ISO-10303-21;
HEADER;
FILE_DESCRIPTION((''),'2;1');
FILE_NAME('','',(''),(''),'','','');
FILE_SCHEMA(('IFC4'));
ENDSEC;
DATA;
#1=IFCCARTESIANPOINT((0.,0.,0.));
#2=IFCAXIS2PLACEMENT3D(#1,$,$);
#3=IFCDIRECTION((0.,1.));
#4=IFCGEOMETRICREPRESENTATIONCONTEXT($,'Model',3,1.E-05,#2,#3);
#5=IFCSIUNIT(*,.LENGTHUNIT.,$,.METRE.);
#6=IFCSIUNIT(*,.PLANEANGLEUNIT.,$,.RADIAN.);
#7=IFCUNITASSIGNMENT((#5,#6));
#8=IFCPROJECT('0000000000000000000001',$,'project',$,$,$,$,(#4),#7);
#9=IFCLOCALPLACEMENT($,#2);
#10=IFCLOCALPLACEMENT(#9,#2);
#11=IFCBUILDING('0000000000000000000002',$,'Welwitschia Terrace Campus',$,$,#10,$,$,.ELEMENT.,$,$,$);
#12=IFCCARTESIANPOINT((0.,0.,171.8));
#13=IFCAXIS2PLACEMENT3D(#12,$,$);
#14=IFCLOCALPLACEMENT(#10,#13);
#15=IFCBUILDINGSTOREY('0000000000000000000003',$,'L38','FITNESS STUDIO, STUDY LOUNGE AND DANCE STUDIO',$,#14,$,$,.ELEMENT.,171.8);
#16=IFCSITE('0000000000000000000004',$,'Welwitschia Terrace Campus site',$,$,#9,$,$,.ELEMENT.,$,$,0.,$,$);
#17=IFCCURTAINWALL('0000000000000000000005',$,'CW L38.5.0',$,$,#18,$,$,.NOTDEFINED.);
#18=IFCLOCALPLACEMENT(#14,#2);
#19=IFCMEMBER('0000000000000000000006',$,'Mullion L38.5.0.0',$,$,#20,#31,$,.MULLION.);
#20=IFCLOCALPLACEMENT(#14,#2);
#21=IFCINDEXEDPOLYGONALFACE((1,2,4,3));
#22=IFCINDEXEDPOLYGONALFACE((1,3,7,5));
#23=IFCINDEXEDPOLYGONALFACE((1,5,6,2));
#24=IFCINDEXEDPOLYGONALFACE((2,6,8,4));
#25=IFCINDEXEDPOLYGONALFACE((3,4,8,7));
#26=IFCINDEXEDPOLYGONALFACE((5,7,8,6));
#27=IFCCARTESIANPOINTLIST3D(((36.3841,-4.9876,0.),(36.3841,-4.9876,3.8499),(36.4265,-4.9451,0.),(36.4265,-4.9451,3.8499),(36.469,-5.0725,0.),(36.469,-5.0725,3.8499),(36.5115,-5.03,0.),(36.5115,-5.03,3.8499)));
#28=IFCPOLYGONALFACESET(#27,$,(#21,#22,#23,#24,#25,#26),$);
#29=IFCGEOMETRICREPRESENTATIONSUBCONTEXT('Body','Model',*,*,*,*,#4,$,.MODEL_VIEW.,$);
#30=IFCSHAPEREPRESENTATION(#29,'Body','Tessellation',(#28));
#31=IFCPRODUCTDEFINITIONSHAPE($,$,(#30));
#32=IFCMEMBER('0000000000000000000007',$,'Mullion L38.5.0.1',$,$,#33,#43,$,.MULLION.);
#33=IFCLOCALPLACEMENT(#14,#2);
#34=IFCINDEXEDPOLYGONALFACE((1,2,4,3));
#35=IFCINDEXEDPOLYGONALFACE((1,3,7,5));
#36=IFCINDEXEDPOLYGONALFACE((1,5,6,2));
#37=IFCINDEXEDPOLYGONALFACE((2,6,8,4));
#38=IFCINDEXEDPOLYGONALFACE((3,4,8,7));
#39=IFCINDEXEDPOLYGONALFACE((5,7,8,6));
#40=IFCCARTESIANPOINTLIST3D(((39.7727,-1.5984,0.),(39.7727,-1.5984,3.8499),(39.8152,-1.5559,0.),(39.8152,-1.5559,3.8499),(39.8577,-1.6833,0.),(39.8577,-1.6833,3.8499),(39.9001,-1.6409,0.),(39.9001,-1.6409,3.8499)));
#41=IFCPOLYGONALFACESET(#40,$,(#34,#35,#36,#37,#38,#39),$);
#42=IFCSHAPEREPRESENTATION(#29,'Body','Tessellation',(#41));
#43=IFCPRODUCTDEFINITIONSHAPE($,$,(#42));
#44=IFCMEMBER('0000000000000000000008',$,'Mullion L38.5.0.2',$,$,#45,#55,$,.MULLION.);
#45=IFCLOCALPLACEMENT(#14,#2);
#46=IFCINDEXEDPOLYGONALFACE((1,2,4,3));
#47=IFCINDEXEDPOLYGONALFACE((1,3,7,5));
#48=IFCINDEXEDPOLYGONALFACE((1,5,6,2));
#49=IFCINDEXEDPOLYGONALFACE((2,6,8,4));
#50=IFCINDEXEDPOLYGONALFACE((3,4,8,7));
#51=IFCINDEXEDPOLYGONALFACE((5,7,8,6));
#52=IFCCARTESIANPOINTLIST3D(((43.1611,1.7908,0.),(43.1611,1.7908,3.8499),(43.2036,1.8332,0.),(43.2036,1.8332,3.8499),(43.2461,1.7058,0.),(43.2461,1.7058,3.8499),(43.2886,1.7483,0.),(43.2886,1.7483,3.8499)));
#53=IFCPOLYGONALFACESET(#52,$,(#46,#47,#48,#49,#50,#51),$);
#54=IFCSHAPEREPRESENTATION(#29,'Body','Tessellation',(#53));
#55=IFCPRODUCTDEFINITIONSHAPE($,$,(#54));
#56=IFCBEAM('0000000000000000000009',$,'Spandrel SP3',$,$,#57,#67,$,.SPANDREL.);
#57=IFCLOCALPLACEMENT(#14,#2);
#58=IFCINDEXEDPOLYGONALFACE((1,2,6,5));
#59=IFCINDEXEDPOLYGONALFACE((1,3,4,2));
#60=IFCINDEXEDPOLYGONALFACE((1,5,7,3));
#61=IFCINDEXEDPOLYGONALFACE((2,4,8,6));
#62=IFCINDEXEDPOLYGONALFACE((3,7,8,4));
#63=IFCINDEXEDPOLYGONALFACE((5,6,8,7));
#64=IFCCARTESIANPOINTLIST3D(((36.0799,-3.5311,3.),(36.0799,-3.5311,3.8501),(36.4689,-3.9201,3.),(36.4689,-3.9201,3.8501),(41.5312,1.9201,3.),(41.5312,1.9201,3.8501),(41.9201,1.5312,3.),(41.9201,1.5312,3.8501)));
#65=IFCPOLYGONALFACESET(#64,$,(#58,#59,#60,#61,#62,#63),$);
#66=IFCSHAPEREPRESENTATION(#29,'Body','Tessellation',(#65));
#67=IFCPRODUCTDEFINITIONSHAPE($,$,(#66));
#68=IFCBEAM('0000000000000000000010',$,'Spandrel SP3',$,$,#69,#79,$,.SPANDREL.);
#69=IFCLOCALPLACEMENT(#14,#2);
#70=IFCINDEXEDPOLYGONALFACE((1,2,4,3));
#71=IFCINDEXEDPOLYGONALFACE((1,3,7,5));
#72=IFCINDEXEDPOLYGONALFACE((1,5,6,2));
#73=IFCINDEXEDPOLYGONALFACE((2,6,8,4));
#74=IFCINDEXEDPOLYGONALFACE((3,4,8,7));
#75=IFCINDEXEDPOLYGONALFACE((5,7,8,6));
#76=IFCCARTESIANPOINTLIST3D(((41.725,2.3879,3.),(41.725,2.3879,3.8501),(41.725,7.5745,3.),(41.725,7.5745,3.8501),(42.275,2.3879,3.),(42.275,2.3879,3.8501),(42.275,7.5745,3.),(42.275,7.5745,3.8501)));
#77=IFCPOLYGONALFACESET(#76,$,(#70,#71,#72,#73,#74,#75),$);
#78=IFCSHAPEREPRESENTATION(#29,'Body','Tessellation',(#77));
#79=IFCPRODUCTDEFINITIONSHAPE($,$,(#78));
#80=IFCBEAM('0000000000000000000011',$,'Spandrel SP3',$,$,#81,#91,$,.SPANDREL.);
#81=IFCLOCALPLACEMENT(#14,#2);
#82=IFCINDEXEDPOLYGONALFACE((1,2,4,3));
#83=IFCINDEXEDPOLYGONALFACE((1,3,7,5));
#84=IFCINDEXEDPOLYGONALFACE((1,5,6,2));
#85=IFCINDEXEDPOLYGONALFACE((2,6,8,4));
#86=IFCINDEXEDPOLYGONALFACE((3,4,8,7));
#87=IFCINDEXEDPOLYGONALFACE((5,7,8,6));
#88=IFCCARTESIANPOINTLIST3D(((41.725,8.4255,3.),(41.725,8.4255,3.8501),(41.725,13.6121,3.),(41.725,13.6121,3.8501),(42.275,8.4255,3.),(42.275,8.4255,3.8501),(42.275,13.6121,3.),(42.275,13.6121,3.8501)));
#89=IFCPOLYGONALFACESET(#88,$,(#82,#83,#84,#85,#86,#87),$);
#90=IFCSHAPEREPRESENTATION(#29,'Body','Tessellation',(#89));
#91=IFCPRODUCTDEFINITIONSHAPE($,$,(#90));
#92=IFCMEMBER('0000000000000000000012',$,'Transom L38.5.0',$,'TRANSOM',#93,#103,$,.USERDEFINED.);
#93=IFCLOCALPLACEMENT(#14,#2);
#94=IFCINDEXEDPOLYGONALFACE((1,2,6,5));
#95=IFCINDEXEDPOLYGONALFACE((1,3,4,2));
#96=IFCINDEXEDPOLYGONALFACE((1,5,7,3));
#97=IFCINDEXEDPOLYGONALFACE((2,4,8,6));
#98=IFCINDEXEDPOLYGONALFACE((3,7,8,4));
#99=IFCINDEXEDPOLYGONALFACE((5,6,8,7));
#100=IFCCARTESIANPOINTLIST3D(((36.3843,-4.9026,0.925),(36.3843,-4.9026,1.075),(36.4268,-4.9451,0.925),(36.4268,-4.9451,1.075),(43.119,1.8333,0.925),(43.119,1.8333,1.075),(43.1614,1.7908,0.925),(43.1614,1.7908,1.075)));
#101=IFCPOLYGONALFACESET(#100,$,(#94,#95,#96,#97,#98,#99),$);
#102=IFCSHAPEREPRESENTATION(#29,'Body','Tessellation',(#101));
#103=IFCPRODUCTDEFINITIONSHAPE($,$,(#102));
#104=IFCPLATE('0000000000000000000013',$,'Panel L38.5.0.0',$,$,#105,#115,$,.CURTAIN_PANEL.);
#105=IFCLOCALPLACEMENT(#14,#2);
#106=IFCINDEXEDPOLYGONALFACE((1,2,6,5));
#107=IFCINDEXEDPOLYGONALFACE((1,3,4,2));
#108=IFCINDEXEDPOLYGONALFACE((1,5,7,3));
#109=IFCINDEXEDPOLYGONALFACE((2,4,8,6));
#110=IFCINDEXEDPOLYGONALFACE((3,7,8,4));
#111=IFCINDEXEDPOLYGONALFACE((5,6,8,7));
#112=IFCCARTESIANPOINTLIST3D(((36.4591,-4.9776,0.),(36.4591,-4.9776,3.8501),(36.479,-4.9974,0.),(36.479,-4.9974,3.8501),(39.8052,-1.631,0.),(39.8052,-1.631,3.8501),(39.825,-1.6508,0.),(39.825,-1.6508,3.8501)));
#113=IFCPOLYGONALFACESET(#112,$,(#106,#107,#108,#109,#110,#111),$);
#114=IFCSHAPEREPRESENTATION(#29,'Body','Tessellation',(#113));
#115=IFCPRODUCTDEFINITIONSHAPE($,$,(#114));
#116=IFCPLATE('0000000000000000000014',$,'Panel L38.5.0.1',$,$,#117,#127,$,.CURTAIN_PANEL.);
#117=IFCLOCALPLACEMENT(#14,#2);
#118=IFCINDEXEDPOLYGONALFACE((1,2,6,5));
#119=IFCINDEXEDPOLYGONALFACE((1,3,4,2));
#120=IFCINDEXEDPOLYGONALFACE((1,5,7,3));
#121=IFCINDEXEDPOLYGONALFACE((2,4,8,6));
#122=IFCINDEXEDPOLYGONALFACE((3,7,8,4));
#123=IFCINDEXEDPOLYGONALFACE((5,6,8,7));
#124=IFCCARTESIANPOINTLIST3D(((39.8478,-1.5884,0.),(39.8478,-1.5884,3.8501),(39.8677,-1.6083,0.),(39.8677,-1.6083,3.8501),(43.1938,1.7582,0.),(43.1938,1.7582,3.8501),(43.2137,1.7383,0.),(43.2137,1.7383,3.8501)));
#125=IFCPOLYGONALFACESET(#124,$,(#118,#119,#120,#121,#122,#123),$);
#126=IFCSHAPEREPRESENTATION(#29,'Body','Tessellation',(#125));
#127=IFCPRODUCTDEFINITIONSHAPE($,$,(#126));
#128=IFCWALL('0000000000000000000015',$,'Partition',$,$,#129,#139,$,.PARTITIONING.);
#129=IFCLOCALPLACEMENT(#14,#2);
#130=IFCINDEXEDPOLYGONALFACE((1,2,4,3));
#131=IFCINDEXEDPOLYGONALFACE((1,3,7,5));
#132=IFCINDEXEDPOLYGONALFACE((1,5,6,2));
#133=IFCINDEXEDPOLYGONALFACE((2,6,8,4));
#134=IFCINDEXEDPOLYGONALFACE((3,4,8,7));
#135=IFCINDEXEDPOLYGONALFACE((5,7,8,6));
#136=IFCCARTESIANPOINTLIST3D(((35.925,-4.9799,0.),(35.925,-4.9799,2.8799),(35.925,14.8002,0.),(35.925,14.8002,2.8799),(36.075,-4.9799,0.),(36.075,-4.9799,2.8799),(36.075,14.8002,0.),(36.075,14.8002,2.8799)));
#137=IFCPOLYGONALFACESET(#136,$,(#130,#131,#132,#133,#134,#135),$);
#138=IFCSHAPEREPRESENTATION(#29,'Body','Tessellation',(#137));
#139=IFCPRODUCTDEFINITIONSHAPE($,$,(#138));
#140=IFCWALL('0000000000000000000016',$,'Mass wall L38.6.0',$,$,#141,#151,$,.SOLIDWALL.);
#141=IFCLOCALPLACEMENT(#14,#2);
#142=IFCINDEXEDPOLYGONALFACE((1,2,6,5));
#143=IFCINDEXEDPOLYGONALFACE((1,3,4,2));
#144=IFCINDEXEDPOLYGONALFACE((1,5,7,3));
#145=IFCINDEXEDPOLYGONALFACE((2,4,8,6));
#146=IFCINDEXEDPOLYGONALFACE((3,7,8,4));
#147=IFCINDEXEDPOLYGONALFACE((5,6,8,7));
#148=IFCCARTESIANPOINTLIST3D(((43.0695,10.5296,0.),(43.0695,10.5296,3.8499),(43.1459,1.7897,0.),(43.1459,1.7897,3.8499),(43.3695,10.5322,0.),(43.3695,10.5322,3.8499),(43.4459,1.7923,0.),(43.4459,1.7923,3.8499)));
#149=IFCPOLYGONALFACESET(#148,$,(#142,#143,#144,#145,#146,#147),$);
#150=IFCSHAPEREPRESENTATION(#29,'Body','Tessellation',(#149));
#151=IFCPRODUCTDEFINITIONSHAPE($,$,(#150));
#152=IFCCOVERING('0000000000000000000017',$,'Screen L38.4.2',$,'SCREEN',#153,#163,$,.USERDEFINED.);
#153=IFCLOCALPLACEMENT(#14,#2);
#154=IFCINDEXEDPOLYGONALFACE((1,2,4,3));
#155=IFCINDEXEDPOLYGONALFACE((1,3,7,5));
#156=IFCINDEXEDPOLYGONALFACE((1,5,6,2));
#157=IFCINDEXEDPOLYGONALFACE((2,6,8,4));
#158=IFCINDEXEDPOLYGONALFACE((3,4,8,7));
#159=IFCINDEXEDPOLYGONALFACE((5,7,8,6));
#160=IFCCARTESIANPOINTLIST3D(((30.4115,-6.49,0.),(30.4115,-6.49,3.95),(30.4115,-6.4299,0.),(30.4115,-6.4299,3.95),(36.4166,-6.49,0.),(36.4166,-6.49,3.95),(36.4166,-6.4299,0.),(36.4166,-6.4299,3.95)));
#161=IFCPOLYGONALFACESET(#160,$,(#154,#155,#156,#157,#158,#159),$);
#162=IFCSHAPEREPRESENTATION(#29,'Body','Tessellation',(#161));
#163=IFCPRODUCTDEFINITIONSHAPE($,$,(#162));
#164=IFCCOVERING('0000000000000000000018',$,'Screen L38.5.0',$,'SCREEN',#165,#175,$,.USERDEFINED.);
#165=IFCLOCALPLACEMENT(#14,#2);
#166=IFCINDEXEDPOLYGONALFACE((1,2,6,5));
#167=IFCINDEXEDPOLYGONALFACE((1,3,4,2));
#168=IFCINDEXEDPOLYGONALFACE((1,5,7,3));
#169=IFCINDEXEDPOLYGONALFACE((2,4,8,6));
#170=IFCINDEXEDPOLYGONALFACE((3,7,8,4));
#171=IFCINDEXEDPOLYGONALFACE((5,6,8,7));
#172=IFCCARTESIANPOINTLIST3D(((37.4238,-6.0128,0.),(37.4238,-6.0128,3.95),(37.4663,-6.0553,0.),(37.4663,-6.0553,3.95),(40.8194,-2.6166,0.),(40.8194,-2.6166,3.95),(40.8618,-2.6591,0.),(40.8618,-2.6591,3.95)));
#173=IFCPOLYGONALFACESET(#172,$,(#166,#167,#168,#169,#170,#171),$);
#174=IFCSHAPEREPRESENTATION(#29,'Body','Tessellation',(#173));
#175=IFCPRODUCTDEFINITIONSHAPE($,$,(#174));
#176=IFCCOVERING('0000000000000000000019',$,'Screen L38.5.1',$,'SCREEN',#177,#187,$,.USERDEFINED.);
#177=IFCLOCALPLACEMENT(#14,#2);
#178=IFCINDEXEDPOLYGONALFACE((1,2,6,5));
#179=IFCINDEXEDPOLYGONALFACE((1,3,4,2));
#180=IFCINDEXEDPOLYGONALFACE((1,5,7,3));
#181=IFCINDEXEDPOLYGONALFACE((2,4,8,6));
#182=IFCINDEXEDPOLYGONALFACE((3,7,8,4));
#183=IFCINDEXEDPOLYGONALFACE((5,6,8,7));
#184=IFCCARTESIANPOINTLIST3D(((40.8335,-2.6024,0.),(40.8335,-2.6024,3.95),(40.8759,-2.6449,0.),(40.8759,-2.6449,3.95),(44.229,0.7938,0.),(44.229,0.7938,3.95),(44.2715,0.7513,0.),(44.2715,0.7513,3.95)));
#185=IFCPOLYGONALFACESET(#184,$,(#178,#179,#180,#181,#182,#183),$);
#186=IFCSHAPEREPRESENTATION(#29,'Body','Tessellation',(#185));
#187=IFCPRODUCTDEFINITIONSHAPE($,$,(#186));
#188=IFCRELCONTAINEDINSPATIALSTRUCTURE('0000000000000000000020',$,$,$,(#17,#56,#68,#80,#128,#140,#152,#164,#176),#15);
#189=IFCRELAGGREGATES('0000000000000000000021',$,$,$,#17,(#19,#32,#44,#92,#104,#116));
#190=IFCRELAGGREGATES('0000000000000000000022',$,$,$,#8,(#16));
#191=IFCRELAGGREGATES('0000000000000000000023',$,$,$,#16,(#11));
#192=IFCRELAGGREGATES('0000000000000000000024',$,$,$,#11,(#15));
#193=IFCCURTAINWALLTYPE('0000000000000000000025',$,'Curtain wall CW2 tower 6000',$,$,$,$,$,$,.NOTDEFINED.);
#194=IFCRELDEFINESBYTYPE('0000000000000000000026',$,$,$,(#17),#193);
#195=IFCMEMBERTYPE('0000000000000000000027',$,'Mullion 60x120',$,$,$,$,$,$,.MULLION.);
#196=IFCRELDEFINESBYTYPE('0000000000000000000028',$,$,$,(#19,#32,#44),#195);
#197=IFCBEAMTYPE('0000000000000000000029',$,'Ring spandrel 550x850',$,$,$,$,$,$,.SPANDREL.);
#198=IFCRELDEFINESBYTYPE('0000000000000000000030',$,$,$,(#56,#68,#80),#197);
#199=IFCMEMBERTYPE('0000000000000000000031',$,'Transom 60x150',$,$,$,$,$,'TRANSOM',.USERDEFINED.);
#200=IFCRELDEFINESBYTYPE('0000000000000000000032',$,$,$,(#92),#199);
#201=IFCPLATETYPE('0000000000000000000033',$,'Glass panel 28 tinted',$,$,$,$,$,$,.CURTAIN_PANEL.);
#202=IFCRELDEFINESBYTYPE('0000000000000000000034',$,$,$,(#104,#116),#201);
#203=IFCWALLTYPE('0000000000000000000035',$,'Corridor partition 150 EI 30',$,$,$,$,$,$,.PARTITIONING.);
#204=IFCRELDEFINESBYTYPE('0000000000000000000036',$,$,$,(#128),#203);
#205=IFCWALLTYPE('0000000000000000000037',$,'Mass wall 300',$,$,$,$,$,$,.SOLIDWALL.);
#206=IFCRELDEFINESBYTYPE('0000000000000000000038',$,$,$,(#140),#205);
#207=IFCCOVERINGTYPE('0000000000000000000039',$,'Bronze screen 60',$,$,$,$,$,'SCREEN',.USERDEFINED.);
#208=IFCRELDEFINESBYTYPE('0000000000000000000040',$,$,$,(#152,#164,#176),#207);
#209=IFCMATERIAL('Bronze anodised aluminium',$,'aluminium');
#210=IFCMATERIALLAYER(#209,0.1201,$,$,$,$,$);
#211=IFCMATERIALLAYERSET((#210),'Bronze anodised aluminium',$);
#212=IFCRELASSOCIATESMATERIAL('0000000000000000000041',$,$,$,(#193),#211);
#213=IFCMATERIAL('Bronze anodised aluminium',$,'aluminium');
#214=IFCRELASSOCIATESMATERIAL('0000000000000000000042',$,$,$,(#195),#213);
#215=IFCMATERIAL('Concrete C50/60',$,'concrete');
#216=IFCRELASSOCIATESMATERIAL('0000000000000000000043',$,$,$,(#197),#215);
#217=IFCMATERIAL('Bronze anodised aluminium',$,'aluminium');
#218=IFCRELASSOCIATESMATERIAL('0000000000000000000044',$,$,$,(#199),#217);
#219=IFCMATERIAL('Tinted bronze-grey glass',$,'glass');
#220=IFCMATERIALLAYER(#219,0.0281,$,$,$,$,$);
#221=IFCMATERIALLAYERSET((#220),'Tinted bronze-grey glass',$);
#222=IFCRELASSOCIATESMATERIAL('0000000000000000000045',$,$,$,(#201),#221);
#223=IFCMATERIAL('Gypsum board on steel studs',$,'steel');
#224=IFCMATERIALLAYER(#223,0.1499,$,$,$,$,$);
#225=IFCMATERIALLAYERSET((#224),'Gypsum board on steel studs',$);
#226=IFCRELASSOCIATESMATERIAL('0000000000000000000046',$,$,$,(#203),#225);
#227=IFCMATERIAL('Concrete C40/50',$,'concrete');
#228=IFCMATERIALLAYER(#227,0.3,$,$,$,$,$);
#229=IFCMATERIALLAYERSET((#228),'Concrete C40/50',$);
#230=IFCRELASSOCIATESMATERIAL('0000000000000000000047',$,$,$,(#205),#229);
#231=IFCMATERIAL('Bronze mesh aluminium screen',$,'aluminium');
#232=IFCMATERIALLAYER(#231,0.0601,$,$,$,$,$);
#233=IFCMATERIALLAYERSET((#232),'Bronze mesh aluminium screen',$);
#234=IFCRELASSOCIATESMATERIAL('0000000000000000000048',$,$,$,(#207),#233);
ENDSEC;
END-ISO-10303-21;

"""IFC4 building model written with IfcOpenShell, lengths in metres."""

from ifc_helpers import new_model, si_unit, direction, frame, frame_2d, origin, origin_2d, place, context, subcontext, project, spatial, rectangle, extrude, material, layer, layer_set, material_profile, profile_set, type_object, element, aggregate, save


model = new_model("IFC4")

# Units and contexts
model_context = context("Model", 3, precision=1e-05, world=origin(), true_north=direction((0.0, 1.0)))
body_context = subcontext(model_context, "Body", "Model", "MODEL_VIEW")
ifc_project = project(units=[si_unit("LENGTHUNIT", "METRE"), si_unit("PLANEANGLEUNIT", "RADIAN")], contexts=[model_context])

# Site, building, storey
site_placement = place(None, origin())
site = spatial("IfcSite", under=ifc_project, at=site_placement, Name="Welwitschia Terrace Campus site", CompositionType="ELEMENT", RefElevation=0.0)
building_placement = place(site_placement, origin())
building = spatial("IfcBuilding", under=site, at=building_placement, Name="Welwitschia Terrace Campus", CompositionType="ELEMENT")
storey_placement = place(building_placement, frame((0.0, 0.0, 171.8)))
storey = spatial("IfcBuildingStorey", under=building, at=storey_placement, Name="L38", Description="FITNESS STUDIO, STUDY LOUNGE AND DANCE STUDIO", CompositionType="ELEMENT", Elevation=171.8)

# Shared definitions
ifc_material_1 = material(Name="Bronze anodised aluminium", Category="aluminium")
ifc_layer_1 = layer(ifc_material_1, 0.1201)
ifc_layer_set_1 = layer_set([ifc_layer_1], Name="Bronze anodised aluminium")
curtain_wall_type = type_object("IfcCurtainWallType", Name="Curtain wall CW2 tower 6000", PredefinedType="NOTDEFINED", material=ifc_layer_set_1)
ifc_material_2 = material(Name="Bronze anodised aluminium", Category="aluminium")
ifc_material_profile_1 = material_profile(ifc_material_2, rectangle(XDim=0.1201, YDim=0.0601, at=origin_2d()))
ifc_profile_set_1 = profile_set([ifc_material_profile_1], Name="Bronze anodised aluminium")
member_type_1 = type_object("IfcMemberType", Name="Mullion 60x120", PredefinedType="MULLION", material=ifc_profile_set_1)

# Curtain wall, members
curtain_wall_1_placement = place(storey_placement, origin())
curtain_wall_1 = element("IfcCurtainWall", 1, at=curtain_wall_1_placement, inside=storey, type_object=curtain_wall_type, Name="CW L38.5.0", PredefinedType="NOTDEFINED")
member_1_placement = place(storey_placement, frame((36.4478, -5.0088, 0.0), z_axis=(0.0, 0.0, 1.0), x_axis=(-0.70717, 0.707044, 0.0)))
member_1 = element("IfcMember", 2, at=member_1_placement, type_object=member_type_1, Name="Mullion L38.5.0.0", PredefinedType="MULLION", context=body_context, shape_type="SweptSolid", body=[
    extrude(rectangle(XDim=0.1201, YDim=0.0601, at=origin_2d()), origin(), (0.0, 0.0, 1.0), 3.8499),
])
member_2_placement = place(storey_placement, frame((39.8364, -1.6196, 0.0), z_axis=(0.0, 0.0, 1.0), x_axis=(-0.70717, 0.707044, 0.0)))
member_2 = element("IfcMember", 3, at=member_2_placement, type_object=member_type_1, Name="Mullion L38.5.0.1", PredefinedType="MULLION", context=body_context, shape_type="SweptSolid", body=[
    extrude(rectangle(XDim=0.1201, YDim=0.0601, at=origin_2d()), origin(), (0.0, 0.0, 1.0), 3.8499),
])
member_3_placement = place(storey_placement, frame((43.2249, 1.7695, 0.0), z_axis=(0.0, 0.0, 1.0), x_axis=(-0.70717, 0.707044, 0.0)))
member_3 = element("IfcMember", 4, at=member_3_placement, type_object=member_type_1, Name="Mullion L38.5.0.2", PredefinedType="MULLION", context=body_context, shape_type="SweptSolid", body=[
    extrude(rectangle(XDim=0.1201, YDim=0.0601, at=origin_2d()), origin(), (0.0, 0.0, 1.0), 3.8499),
])

# Beams
ifc_material_3 = material(Name="Concrete C50/60", Category="concrete")
ifc_material_profile_2 = material_profile(ifc_material_3, rectangle(XDim=0.55, YDim=0.8501, at=origin_2d()))
ifc_profile_set_2 = profile_set([ifc_material_profile_2], Name="Concrete C50/60")
beam_type_1 = type_object("IfcBeamType", Name="Ring spandrel 550x850", PredefinedType="SPANDREL", material=ifc_profile_set_2)
beam_1_placement = place(storey_placement, frame((36.2744, -3.7256, 3.425), z_axis=(0.707107, 0.707107, 0.0), x_axis=(-0.707107, 0.707107, 0.0)))
element("IfcBeam", 5, at=beam_1_placement, inside=storey, type_object=beam_type_1, Name="Spandrel SP3", PredefinedType="SPANDREL", context=body_context, shape_type="SweptSolid", body=[
    extrude(rectangle(XDim=0.55, YDim=0.8501, at=origin_2d()), origin(), (0.0, 0.0, 1.0), 7.7092),
])
for number, where, z_axis, x_axis, name in (
    (6, (42.0, 2.3879, 3.425), (0.0, 1.0, 0.0), (-1.0, 0.0, 0.0), "Spandrel SP3"),
    (7, (42.0, 8.4255, 3.425), (0.0, 1.0, 0.0), (-1.0, 0.0, 0.0), "Spandrel SP3"),
):
    element("IfcBeam", number, at=place(storey_placement, frame(where, z_axis=z_axis, x_axis=x_axis)), inside=storey, type_object=beam_type_1, Name=name, PredefinedType="SPANDREL", context=body_context, shape_type="SweptSolid", body=[
        extrude(rectangle(XDim=0.55, YDim=0.8501, at=origin_2d()), origin(), (0.0, 0.0, 1.0), 5.1865),
    ])

# Member
ifc_material_4 = material(Name="Bronze anodised aluminium", Category="aluminium")
ifc_material_profile_3 = material_profile(ifc_material_4, rectangle(XDim=0.0601, YDim=0.1499, at=origin_2d()))
ifc_profile_set_3 = profile_set([ifc_material_profile_3], Name="Bronze anodised aluminium")
member_type_2 = type_object("IfcMemberType", Name="Transom 60x150", ElementType="TRANSOM", PredefinedType="USERDEFINED", material=ifc_profile_set_3)
member_4_placement = place(storey_placement, frame((36.4055, -4.9238, 1.0), z_axis=(0.707043, 0.707171, 0.0), x_axis=(-0.707171, 0.707043, 0.0)))
member_4 = element("IfcMember", 8, at=member_4_placement, type_object=member_type_2, Name="Transom L38.5.0", ObjectType="TRANSOM", PredefinedType="USERDEFINED", context=body_context, shape_type="SweptSolid", body=[
    extrude(rectangle(XDim=0.0601, YDim=0.1499, at=origin_2d()), origin(), (0.0, 0.0, 1.0), 9.5251),
])

# Plates
ifc_material_5 = material(Name="Tinted bronze-grey glass", Category="glass")
ifc_layer_2 = layer(ifc_material_5, 0.0281)
ifc_layer_set_2 = layer_set([ifc_layer_2], Name="Tinted bronze-grey glass")
plate_type = type_object("IfcPlateType", Name="Glass panel 28 tinted", PredefinedType="CURTAIN_PANEL", material=ifc_layer_set_2)
plate_1_placement = place(storey_placement, frame((38.1421, -3.3142, 0.0), z_axis=(0.0, 0.0, 1.0), x_axis=(0.707044, 0.70717, 0.0)))
plate_1 = element("IfcPlate", 9, at=plate_1_placement, type_object=plate_type, Name="Panel L38.5.0.0", PredefinedType="CURTAIN_PANEL", context=body_context, shape_type="SweptSolid", body=[
    extrude(rectangle(XDim=4.7324, YDim=0.0281, at=origin_2d()), origin(), (0.0, 0.0, 1.0), 3.8501),
])
plate_2_placement = place(storey_placement, frame((41.5308, 0.075, 0.0), z_axis=(0.0, 0.0, 1.0), x_axis=(0.707044, 0.70717, 0.0)))
plate_2 = element("IfcPlate", 10, at=plate_2_placement, type_object=plate_type, Name="Panel L38.5.0.1", PredefinedType="CURTAIN_PANEL", context=body_context, shape_type="SweptSolid", body=[
    extrude(rectangle(XDim=4.7324, YDim=0.0281, at=origin_2d()), origin(), (0.0, 0.0, 1.0), 3.8501),
])
aggregate(curtain_wall_1, [member_1, member_2, member_3, member_4, plate_1, plate_2])

# Walls
ifc_material_6 = material(Name="Gypsum board on steel studs", Category="steel")
ifc_layer_3 = layer(ifc_material_6, 0.1499)
ifc_layer_set_3 = layer_set([ifc_layer_3], Name="Gypsum board on steel studs")
wall_type_1 = type_object("IfcWallType", Name="Corridor partition 150 EI 30", PredefinedType="PARTITIONING", material=ifc_layer_set_3)
wall_1_placement = place(storey_placement, frame((36.0, -4.98, 0.0), z_axis=(0.0, 0.0, 1.0), x_axis=(0.0, 1.0, 0.0)))
element("IfcWall", 11, at=wall_1_placement, inside=storey, type_object=wall_type_1, Name="Partition", PredefinedType="PARTITIONING", context=body_context, shape_type="SweptSolid", body=[
    extrude(rectangle(XDim=19.78, YDim=0.1499, at=frame_2d((9.8901, 0.0))), origin(), (0.0, 0.0, 1.0), 2.8799),
])
ifc_material_7 = material(Name="Concrete C40/50", Category="concrete")
ifc_layer_4 = layer(ifc_material_7, 0.3)
ifc_layer_set_4 = layer_set([ifc_layer_4], Name="Concrete C40/50")
wall_type_2 = type_object("IfcWallType", Name="Mass wall 300", PredefinedType="SOLIDWALL", material=ifc_layer_set_4)
wall_2_placement = place(storey_placement, frame((43.2959, 1.791, 0.0), z_axis=(0.0, 0.0, 1.0), x_axis=(-0.008743, 0.999962, 0.0)))
element("IfcWall", 12, at=wall_2_placement, inside=storey, type_object=wall_type_2, Name="Mass wall L38.6.0", PredefinedType="SOLIDWALL", context=body_context, shape_type="SweptSolid", body=[
    extrude(rectangle(XDim=8.7402, YDim=0.3, at=frame_2d((4.3701, 0.0))), origin(), (0.0, 0.0, 1.0), 3.8499),
])

# Coverings
ifc_material_8 = material(Name="Bronze mesh aluminium screen", Category="aluminium")
ifc_layer_5 = layer(ifc_material_8, 0.0601)
ifc_layer_set_5 = layer_set([ifc_layer_5], Name="Bronze mesh aluminium screen")
covering_type = type_object("IfcCoveringType", Name="Bronze screen 60", ElementType="SCREEN", PredefinedType="USERDEFINED", material=ifc_layer_set_5)
covering_placement = place(storey_placement, frame((33.4141, -6.46, 0.0), z_axis=(0.0, 0.0, 1.0), x_axis=(1.0, 0.0, 0.0)))
element("IfcCovering", 13, at=covering_placement, inside=storey, type_object=covering_type, Name="Screen L38.4.2", ObjectType="SCREEN", PredefinedType="USERDEFINED", context=body_context, shape_type="SweptSolid", body=[
    extrude(rectangle(XDim=6.0051, YDim=0.0601, at=origin_2d()), origin(), (0.0, 0.0, 1.0), 3.95),
])
for number, where, z_axis, x_axis, name in (
    (14, (39.1428, -4.3359, 0.0), (0.0, 0.0, 1.0), (0.707044, 0.70717, 0.0), "Screen L38.5.0"),
    (15, (42.5525, -0.9255, 0.0), (0.0, 0.0, 1.0), (0.707044, 0.70717, 0.0), "Screen L38.5.1"),
):
    element("IfcCovering", number, at=place(storey_placement, frame(where, z_axis=z_axis, x_axis=x_axis)), inside=storey, type_object=covering_type, Name=name, ObjectType="SCREEN", PredefinedType="USERDEFINED", context=body_context, shape_type="SweptSolid", body=[
        extrude(rectangle(XDim=4.8025, YDim=0.0601, at=origin_2d()), origin(), (0.0, 0.0, 1.0), 3.95),
    ])

save(model, "model.ifc")
